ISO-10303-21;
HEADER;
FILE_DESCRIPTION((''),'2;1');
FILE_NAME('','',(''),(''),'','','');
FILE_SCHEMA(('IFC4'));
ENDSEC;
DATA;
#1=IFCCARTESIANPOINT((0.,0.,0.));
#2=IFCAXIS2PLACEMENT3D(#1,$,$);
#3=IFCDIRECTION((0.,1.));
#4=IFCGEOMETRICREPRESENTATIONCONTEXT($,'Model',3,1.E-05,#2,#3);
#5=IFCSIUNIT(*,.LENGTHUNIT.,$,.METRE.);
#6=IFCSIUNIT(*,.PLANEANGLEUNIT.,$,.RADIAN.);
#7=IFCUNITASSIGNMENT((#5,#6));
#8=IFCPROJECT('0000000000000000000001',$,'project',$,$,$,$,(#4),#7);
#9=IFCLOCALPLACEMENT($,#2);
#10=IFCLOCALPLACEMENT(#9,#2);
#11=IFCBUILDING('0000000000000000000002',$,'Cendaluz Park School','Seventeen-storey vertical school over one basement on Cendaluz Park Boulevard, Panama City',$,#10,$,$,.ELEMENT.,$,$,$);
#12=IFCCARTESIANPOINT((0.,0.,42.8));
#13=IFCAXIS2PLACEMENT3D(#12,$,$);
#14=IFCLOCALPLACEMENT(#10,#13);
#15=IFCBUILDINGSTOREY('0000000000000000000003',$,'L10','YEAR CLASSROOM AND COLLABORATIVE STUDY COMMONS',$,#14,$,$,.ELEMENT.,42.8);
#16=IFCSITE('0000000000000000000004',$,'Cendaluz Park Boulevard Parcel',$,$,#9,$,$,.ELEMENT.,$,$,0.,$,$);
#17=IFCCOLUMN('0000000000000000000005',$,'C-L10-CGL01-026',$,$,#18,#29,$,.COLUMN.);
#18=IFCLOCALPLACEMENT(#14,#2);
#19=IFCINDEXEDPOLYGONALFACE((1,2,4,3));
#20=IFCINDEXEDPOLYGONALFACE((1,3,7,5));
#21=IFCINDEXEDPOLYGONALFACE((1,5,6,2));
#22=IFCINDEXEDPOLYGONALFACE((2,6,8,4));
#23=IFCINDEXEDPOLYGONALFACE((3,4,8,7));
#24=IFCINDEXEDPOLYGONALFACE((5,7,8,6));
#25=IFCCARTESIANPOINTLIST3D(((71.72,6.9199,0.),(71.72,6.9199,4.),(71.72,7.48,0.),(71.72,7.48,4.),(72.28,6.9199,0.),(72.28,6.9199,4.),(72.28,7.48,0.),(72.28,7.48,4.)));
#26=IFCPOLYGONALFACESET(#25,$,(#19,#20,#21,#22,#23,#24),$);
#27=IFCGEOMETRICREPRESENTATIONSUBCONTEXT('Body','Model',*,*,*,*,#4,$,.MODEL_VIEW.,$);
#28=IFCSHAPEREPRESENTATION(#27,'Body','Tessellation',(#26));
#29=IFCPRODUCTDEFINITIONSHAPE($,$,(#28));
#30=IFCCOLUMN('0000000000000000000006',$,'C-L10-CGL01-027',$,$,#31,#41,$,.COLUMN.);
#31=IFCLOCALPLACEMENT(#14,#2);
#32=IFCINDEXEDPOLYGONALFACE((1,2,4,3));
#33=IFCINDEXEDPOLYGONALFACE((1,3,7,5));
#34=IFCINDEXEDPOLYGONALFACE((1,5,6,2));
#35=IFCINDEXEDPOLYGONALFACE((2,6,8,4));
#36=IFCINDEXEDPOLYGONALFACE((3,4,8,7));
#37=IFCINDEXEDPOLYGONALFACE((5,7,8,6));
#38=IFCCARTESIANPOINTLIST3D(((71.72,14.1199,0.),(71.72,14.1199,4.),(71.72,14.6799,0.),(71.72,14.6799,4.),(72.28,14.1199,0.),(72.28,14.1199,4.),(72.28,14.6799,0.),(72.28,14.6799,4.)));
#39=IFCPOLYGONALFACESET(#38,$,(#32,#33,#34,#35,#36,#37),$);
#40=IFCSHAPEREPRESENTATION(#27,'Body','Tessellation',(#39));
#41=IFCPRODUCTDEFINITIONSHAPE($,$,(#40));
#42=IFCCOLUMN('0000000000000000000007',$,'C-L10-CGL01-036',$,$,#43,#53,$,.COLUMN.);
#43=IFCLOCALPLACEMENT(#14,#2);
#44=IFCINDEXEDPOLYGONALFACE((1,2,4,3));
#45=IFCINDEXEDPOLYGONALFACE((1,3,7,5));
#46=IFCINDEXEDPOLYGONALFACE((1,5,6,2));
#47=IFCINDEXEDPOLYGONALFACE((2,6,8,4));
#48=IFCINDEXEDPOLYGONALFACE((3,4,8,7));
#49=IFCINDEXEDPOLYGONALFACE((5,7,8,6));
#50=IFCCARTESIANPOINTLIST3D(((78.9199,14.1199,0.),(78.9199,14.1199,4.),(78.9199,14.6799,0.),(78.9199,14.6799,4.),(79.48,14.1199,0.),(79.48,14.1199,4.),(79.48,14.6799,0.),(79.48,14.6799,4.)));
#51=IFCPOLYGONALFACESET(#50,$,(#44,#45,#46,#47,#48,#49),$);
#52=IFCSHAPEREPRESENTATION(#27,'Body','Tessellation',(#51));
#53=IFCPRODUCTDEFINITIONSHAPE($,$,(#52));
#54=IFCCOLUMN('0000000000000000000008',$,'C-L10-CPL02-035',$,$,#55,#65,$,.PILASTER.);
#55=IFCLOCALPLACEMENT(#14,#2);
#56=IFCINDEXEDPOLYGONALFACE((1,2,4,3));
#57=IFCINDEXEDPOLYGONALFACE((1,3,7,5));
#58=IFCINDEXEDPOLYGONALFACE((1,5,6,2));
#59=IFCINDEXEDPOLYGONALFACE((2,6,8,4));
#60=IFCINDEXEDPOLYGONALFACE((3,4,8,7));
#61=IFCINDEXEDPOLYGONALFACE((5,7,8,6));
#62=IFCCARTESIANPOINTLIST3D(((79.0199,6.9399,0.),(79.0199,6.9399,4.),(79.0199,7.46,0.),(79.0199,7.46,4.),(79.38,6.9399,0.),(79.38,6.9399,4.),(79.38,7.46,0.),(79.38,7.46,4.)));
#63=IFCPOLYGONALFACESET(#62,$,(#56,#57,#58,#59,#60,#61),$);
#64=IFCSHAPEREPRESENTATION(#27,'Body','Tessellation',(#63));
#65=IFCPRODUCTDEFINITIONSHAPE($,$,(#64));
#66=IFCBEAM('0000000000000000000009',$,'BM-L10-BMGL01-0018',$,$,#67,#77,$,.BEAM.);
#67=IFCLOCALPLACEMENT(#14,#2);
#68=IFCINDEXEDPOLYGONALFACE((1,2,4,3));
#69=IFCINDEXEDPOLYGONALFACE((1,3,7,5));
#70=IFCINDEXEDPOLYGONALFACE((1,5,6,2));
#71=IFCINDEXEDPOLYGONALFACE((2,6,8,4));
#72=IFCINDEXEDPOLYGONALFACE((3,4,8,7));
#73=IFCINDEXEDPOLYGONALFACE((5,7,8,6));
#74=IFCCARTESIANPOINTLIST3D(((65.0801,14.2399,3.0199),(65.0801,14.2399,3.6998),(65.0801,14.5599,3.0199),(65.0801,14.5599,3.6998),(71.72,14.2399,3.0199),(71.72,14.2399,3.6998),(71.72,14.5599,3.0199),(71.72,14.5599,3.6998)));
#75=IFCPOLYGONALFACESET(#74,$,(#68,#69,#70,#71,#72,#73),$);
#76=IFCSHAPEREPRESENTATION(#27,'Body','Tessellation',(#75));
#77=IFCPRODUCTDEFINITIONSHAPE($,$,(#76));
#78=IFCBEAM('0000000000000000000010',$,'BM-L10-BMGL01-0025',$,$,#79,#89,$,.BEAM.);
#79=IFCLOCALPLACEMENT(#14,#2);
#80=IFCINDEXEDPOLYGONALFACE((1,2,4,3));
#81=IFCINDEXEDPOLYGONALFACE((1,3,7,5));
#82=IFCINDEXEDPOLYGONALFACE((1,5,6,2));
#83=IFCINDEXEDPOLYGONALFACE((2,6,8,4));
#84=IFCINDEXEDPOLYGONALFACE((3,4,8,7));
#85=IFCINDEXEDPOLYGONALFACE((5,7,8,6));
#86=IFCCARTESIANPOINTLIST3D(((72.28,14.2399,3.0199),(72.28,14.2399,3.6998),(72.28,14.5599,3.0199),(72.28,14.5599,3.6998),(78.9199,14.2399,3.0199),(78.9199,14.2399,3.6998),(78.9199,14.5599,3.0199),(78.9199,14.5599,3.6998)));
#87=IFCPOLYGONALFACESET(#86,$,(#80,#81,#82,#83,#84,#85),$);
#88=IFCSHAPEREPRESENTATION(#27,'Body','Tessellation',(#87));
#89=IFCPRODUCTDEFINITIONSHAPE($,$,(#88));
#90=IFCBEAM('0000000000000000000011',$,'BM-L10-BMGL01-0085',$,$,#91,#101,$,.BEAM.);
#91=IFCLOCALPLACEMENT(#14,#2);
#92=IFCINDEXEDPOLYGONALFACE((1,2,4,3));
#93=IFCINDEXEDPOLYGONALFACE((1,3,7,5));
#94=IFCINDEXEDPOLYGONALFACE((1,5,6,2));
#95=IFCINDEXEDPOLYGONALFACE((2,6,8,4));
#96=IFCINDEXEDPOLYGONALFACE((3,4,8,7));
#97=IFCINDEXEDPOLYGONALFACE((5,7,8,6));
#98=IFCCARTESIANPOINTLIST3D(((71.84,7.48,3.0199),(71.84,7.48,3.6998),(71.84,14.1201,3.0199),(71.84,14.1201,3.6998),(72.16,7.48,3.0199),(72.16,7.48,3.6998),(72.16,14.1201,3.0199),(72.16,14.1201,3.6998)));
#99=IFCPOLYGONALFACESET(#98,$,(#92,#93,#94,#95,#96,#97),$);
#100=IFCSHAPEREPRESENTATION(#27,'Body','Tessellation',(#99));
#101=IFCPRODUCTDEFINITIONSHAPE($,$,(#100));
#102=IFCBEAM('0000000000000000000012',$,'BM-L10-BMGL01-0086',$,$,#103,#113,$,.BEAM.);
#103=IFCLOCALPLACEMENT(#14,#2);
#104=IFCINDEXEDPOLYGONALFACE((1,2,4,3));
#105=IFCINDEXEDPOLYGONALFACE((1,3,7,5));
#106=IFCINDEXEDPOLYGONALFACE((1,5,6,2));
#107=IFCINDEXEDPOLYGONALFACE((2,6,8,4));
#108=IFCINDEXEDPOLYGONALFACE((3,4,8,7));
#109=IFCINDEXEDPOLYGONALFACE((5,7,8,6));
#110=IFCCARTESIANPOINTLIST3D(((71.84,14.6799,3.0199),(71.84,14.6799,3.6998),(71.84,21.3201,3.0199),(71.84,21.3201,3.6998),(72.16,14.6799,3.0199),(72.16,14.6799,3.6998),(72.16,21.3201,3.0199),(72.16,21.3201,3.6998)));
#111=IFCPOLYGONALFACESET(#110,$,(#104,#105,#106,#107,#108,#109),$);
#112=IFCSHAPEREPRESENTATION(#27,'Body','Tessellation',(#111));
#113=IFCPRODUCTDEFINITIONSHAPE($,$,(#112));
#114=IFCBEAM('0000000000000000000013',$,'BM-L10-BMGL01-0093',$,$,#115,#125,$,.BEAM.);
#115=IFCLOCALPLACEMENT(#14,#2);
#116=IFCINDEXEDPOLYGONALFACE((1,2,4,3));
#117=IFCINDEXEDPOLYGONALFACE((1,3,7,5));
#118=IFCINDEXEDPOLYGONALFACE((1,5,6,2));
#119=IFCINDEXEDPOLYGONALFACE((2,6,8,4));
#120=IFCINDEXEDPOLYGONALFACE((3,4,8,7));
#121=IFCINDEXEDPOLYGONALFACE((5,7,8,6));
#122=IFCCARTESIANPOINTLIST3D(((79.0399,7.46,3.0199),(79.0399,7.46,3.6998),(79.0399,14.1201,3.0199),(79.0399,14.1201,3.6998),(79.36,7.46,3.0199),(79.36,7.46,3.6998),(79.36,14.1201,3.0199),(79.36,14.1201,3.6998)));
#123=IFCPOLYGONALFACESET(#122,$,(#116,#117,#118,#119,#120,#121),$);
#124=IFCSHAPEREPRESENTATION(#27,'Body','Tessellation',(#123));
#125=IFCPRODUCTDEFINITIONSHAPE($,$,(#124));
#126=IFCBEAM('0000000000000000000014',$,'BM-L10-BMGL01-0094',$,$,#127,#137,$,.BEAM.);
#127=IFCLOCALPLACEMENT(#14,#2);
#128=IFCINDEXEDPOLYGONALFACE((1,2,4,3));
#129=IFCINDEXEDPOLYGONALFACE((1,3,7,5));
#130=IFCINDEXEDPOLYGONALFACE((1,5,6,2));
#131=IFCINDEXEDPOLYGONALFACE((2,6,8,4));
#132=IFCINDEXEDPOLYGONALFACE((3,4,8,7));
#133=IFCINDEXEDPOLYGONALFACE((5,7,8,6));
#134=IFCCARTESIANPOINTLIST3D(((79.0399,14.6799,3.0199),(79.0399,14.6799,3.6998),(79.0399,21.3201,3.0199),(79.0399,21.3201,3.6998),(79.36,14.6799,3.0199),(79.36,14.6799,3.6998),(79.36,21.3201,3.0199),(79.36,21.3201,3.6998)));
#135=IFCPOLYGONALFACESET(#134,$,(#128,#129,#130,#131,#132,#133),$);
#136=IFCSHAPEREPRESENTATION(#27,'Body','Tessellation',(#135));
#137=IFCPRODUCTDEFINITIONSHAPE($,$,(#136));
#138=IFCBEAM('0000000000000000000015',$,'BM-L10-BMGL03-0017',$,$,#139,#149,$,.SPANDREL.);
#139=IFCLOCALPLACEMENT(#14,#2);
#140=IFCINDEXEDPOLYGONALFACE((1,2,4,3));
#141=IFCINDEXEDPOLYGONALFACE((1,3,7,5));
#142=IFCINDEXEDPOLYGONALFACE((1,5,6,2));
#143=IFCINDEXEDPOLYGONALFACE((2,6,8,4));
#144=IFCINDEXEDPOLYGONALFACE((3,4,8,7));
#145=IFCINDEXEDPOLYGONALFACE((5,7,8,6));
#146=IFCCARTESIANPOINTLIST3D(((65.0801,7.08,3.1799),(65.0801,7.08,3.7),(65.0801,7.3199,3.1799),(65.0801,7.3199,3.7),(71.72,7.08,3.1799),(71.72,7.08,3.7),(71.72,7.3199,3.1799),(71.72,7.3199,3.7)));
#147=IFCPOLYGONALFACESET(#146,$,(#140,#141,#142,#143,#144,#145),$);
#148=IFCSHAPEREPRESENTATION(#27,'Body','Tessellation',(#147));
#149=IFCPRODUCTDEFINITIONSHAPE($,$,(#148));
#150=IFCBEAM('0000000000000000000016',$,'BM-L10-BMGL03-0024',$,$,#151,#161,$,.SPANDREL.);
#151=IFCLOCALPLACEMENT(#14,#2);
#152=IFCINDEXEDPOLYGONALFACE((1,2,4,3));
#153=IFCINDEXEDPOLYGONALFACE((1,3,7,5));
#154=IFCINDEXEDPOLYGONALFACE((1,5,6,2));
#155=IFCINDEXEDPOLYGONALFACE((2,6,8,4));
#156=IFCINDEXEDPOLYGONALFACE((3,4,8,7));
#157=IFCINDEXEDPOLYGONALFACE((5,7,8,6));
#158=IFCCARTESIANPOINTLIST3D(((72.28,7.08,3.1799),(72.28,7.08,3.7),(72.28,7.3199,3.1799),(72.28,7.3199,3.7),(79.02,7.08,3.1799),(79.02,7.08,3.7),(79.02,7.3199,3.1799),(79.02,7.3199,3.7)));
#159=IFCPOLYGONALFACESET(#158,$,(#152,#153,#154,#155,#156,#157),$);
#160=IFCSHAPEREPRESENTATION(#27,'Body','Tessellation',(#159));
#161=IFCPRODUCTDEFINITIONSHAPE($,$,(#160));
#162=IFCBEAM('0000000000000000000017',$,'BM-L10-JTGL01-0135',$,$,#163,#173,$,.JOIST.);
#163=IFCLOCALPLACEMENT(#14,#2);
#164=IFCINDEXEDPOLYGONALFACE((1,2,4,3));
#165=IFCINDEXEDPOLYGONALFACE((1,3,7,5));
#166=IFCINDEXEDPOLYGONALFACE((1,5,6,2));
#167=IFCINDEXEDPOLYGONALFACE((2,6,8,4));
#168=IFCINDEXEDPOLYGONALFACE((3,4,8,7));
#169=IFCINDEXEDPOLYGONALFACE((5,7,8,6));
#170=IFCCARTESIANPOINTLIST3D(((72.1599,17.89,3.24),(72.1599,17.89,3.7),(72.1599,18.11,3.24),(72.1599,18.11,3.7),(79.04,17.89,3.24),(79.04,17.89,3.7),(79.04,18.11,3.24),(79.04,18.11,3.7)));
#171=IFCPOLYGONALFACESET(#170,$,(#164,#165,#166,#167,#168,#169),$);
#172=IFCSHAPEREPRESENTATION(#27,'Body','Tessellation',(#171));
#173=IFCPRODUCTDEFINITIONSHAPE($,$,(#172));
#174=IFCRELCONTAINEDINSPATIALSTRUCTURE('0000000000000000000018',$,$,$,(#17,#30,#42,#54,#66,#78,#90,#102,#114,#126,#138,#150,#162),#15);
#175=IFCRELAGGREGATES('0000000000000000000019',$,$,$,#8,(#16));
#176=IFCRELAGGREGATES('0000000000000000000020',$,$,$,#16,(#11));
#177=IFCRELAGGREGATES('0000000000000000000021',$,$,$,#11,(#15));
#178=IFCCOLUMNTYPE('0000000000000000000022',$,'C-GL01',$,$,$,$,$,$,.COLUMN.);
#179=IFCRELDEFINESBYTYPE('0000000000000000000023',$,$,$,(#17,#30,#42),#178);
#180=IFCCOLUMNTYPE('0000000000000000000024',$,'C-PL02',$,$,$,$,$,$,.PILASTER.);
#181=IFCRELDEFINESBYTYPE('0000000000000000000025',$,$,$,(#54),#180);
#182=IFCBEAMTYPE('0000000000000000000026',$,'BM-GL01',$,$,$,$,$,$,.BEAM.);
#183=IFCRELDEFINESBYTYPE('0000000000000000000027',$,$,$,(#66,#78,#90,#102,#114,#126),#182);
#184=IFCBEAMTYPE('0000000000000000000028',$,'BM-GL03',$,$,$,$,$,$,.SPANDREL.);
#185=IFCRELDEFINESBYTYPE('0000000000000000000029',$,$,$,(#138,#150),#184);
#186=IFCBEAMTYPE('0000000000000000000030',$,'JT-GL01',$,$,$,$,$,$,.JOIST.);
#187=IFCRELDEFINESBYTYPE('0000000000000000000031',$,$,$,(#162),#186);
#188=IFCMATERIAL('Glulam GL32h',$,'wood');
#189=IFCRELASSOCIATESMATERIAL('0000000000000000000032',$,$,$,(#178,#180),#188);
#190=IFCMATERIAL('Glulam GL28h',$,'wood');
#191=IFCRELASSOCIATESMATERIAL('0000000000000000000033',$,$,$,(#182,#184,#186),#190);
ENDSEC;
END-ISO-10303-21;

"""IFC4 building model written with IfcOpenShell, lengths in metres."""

from ifc_helpers import new_model, si_unit, direction, frame, origin, origin_2d, place, context, subcontext, project, spatial, rectangle, extrude, material, material_profile, profile_set, type_object, element, save


model = new_model("IFC4")

# Units and contexts
model_context = context("Model", 3, precision=1e-05, world=origin(), true_north=direction((0.0, 1.0)))
body_context = subcontext(model_context, "Body", "Model", "MODEL_VIEW")
ifc_project = project(units=[si_unit("LENGTHUNIT", "METRE"), si_unit("PLANEANGLEUNIT", "RADIAN")], contexts=[model_context])

# Site, building, storey
site_placement = place(None, origin())
site = spatial("IfcSite", under=ifc_project, at=site_placement, Name="Cendaluz Park Boulevard Parcel", CompositionType="ELEMENT", RefElevation=0.0)
building_placement = place(site_placement, origin())
building = spatial("IfcBuilding", under=site, at=building_placement, Name="Cendaluz Park School", Description="Seventeen-storey vertical school over one basement on Cendaluz Park Boulevard, Panama City", CompositionType="ELEMENT")
storey_placement = place(building_placement, frame((0.0, 0.0, 42.8)))
storey = spatial("IfcBuildingStorey", under=building, at=storey_placement, Name="L10", Description="YEAR CLASSROOM AND COLLABORATIVE STUDY COMMONS", CompositionType="ELEMENT", Elevation=42.8)

# Columns
ifc_material_1 = material(Name="Glulam GL32h", Category="wood")
ifc_material_profile_1 = material_profile(ifc_material_1, rectangle(XDim=0.5601, YDim=0.5601, at=origin_2d()), Name="GL32h 560x560", Category="wood")
ifc_profile_set_1 = profile_set([ifc_material_profile_1], Name="Glulam GL32h")
column_type_1 = type_object("IfcColumnType", Name="C-GL01", PredefinedType="COLUMN", material=ifc_profile_set_1)
for number, where, z_axis, x_axis, name in (
    (1, (72.0, 7.2, 0.0), (0.0, 0.0, 1.0), (1.0, 0.0, 0.0), "C-L10-CGL01-026"),
    (2, (72.0, 14.3999, 0.0), (0.0, 0.0, 1.0), (1.0, 0.0, 0.0), "C-L10-CGL01-027"),
    (3, (79.2, 14.3999, 0.0), (0.0, 0.0, 1.0), (1.0, 0.0, 0.0), "C-L10-CGL01-036"),
):
    element("IfcColumn", number, at=place(storey_placement, frame(where, z_axis=z_axis, x_axis=x_axis)), inside=storey, type_object=column_type_1, Name=name, PredefinedType="COLUMN", context=body_context, shape_type="SweptSolid", body=[
        extrude(rectangle(XDim=0.5601, YDim=0.5601, at=origin_2d()), origin(), (0.0, 0.0, 1.0), 4.0),
    ])
ifc_material_profile_2 = material_profile(ifc_material_1, rectangle(XDim=0.3601, YDim=0.52, at=origin_2d()), Name="GL32h 360x520", Category="wood")
ifc_profile_set_2 = profile_set([ifc_material_profile_2], Name="Glulam GL32h")
column_type_2 = type_object("IfcColumnType", Name="C-PL02", PredefinedType="PILASTER", material=ifc_profile_set_2)
column_placement = place(storey_placement, frame((79.2, 7.2, 0.0), z_axis=(0.0, 0.0, 1.0), x_axis=(1.0, 0.0, 0.0)))
element("IfcColumn", 4, at=column_placement, inside=storey, type_object=column_type_2, Name="C-L10-CPL02-035", PredefinedType="PILASTER", context=body_context, shape_type="SweptSolid", body=[
    extrude(rectangle(XDim=0.3601, YDim=0.52, at=origin_2d()), origin(), (0.0, 0.0, 1.0), 4.0),
])

# Beams
ifc_material_2 = material(Name="Glulam GL28h", Category="wood")
ifc_material_profile_3 = material_profile(ifc_material_2, rectangle(XDim=0.3201, YDim=0.6799, at=origin_2d()), Name="GL28h 320x680", Category="wood")
ifc_profile_set_3 = profile_set([ifc_material_profile_3], Name="Glulam GL28h")
beam_type_1 = type_object("IfcBeamType", Name="BM-GL01", PredefinedType="BEAM", material=ifc_profile_set_3)
for number, where, z_axis, x_axis, name in (
    (5, (65.0801, 14.3999, 3.3599), (1.0, 0.0, 0.0), (0.0, 1.0, 0.0), "BM-L10-BMGL01-0018"),
    (6, (72.28, 14.3999, 3.3599), (1.0, 0.0, 0.0), (0.0, 1.0, 0.0), "BM-L10-BMGL01-0025"),
):
    element("IfcBeam", number, at=place(storey_placement, frame(where, z_axis=z_axis, x_axis=x_axis)), inside=storey, type_object=beam_type_1, Name=name, PredefinedType="BEAM", context=body_context, shape_type="SweptSolid", body=[
        extrude(rectangle(XDim=0.3201, YDim=0.6799, at=origin_2d()), origin(), (0.0, 0.0, 1.0), 6.6399),
    ])
for number, where, z_axis, x_axis, name in (
    (7, (72.0, 7.48, 3.3599), (0.0, 1.0, 0.0), (-1.0, 0.0, 0.0), "BM-L10-BMGL01-0085"),
    (8, (72.0, 14.6799, 3.3599), (0.0, 1.0, 0.0), (-1.0, 0.0, 0.0), "BM-L10-BMGL01-0086"),
):
    element("IfcBeam", number, at=place(storey_placement, frame(where, z_axis=z_axis, x_axis=x_axis)), inside=storey, type_object=beam_type_1, Name=name, PredefinedType="BEAM", context=body_context, shape_type="SweptSolid", body=[
        extrude(rectangle(XDim=0.3201, YDim=0.6799, at=origin_2d()), origin(), (0.0, 0.0, 1.0), 6.6401),
    ])
beam_1_placement = place(storey_placement, frame((79.2, 7.46, 3.3599), z_axis=(0.0, 1.0, 0.0), x_axis=(-1.0, 0.0, 0.0)))
element("IfcBeam", 9, at=beam_1_placement, inside=storey, type_object=beam_type_1, Name="BM-L10-BMGL01-0093", PredefinedType="BEAM", context=body_context, shape_type="SweptSolid", body=[
    extrude(rectangle(XDim=0.3201, YDim=0.6799, at=origin_2d()), origin(), (0.0, 0.0, 1.0), 6.6602),
])
beam_2_placement = place(storey_placement, frame((79.2, 14.6799, 3.3599), z_axis=(0.0, 1.0, 0.0), x_axis=(-1.0, 0.0, 0.0)))
element("IfcBeam", 10, at=beam_2_placement, inside=storey, type_object=beam_type_1, Name="BM-L10-BMGL01-0094", PredefinedType="BEAM", context=body_context, shape_type="SweptSolid", body=[
    extrude(rectangle(XDim=0.3201, YDim=0.6799, at=origin_2d()), origin(), (0.0, 0.0, 1.0), 6.6401),
])
ifc_material_profile_4 = material_profile(ifc_material_2, rectangle(XDim=0.24, YDim=0.52, at=origin_2d()), Name="GL28h 240x520", Category="wood")
ifc_profile_set_4 = profile_set([ifc_material_profile_4], Name="Glulam GL28h")
beam_type_2 = type_object("IfcBeamType", Name="BM-GL03", PredefinedType="SPANDREL", material=ifc_profile_set_4)
beam_3_placement = place(storey_placement, frame((65.0801, 7.2, 3.4399), z_axis=(1.0, 0.0, 0.0), x_axis=(0.0, 1.0, 0.0)))
element("IfcBeam", 11, at=beam_3_placement, inside=storey, type_object=beam_type_2, Name="BM-L10-BMGL03-0017", PredefinedType="SPANDREL", context=body_context, shape_type="SweptSolid", body=[
    extrude(rectangle(XDim=0.24, YDim=0.52, at=origin_2d()), origin(), (0.0, 0.0, 1.0), 6.6399),
])
beam_4_placement = place(storey_placement, frame((72.28, 7.2, 3.4399), z_axis=(1.0, 0.0, 0.0), x_axis=(0.0, 1.0, 0.0)))
element("IfcBeam", 12, at=beam_4_placement, inside=storey, type_object=beam_type_2, Name="BM-L10-BMGL03-0024", PredefinedType="SPANDREL", context=body_context, shape_type="SweptSolid", body=[
    extrude(rectangle(XDim=0.24, YDim=0.52, at=origin_2d()), origin(), (0.0, 0.0, 1.0), 6.74),
])
ifc_material_profile_5 = material_profile(ifc_material_2, rectangle(XDim=0.22, YDim=0.46, at=origin_2d()), Name="GL28h 220x460", Category="wood")
ifc_profile_set_5 = profile_set([ifc_material_profile_5], Name="Glulam GL28h")
beam_type_3 = type_object("IfcBeamType", Name="JT-GL01", PredefinedType="JOIST", material=ifc_profile_set_5)
beam_5_placement = place(storey_placement, frame((72.1599, 18.0, 3.47), z_axis=(1.0, 0.0, 0.0), x_axis=(0.0, 1.0, 0.0)))
element("IfcBeam", 13, at=beam_5_placement, inside=storey, type_object=beam_type_3, Name="BM-L10-JTGL01-0135", PredefinedType="JOIST", context=body_context, shape_type="SweptSolid", body=[
    extrude(rectangle(XDim=0.22, YDim=0.46, at=origin_2d()), origin(), (0.0, 0.0, 1.0), 6.8801),
])

save(model, "model.ifc")
